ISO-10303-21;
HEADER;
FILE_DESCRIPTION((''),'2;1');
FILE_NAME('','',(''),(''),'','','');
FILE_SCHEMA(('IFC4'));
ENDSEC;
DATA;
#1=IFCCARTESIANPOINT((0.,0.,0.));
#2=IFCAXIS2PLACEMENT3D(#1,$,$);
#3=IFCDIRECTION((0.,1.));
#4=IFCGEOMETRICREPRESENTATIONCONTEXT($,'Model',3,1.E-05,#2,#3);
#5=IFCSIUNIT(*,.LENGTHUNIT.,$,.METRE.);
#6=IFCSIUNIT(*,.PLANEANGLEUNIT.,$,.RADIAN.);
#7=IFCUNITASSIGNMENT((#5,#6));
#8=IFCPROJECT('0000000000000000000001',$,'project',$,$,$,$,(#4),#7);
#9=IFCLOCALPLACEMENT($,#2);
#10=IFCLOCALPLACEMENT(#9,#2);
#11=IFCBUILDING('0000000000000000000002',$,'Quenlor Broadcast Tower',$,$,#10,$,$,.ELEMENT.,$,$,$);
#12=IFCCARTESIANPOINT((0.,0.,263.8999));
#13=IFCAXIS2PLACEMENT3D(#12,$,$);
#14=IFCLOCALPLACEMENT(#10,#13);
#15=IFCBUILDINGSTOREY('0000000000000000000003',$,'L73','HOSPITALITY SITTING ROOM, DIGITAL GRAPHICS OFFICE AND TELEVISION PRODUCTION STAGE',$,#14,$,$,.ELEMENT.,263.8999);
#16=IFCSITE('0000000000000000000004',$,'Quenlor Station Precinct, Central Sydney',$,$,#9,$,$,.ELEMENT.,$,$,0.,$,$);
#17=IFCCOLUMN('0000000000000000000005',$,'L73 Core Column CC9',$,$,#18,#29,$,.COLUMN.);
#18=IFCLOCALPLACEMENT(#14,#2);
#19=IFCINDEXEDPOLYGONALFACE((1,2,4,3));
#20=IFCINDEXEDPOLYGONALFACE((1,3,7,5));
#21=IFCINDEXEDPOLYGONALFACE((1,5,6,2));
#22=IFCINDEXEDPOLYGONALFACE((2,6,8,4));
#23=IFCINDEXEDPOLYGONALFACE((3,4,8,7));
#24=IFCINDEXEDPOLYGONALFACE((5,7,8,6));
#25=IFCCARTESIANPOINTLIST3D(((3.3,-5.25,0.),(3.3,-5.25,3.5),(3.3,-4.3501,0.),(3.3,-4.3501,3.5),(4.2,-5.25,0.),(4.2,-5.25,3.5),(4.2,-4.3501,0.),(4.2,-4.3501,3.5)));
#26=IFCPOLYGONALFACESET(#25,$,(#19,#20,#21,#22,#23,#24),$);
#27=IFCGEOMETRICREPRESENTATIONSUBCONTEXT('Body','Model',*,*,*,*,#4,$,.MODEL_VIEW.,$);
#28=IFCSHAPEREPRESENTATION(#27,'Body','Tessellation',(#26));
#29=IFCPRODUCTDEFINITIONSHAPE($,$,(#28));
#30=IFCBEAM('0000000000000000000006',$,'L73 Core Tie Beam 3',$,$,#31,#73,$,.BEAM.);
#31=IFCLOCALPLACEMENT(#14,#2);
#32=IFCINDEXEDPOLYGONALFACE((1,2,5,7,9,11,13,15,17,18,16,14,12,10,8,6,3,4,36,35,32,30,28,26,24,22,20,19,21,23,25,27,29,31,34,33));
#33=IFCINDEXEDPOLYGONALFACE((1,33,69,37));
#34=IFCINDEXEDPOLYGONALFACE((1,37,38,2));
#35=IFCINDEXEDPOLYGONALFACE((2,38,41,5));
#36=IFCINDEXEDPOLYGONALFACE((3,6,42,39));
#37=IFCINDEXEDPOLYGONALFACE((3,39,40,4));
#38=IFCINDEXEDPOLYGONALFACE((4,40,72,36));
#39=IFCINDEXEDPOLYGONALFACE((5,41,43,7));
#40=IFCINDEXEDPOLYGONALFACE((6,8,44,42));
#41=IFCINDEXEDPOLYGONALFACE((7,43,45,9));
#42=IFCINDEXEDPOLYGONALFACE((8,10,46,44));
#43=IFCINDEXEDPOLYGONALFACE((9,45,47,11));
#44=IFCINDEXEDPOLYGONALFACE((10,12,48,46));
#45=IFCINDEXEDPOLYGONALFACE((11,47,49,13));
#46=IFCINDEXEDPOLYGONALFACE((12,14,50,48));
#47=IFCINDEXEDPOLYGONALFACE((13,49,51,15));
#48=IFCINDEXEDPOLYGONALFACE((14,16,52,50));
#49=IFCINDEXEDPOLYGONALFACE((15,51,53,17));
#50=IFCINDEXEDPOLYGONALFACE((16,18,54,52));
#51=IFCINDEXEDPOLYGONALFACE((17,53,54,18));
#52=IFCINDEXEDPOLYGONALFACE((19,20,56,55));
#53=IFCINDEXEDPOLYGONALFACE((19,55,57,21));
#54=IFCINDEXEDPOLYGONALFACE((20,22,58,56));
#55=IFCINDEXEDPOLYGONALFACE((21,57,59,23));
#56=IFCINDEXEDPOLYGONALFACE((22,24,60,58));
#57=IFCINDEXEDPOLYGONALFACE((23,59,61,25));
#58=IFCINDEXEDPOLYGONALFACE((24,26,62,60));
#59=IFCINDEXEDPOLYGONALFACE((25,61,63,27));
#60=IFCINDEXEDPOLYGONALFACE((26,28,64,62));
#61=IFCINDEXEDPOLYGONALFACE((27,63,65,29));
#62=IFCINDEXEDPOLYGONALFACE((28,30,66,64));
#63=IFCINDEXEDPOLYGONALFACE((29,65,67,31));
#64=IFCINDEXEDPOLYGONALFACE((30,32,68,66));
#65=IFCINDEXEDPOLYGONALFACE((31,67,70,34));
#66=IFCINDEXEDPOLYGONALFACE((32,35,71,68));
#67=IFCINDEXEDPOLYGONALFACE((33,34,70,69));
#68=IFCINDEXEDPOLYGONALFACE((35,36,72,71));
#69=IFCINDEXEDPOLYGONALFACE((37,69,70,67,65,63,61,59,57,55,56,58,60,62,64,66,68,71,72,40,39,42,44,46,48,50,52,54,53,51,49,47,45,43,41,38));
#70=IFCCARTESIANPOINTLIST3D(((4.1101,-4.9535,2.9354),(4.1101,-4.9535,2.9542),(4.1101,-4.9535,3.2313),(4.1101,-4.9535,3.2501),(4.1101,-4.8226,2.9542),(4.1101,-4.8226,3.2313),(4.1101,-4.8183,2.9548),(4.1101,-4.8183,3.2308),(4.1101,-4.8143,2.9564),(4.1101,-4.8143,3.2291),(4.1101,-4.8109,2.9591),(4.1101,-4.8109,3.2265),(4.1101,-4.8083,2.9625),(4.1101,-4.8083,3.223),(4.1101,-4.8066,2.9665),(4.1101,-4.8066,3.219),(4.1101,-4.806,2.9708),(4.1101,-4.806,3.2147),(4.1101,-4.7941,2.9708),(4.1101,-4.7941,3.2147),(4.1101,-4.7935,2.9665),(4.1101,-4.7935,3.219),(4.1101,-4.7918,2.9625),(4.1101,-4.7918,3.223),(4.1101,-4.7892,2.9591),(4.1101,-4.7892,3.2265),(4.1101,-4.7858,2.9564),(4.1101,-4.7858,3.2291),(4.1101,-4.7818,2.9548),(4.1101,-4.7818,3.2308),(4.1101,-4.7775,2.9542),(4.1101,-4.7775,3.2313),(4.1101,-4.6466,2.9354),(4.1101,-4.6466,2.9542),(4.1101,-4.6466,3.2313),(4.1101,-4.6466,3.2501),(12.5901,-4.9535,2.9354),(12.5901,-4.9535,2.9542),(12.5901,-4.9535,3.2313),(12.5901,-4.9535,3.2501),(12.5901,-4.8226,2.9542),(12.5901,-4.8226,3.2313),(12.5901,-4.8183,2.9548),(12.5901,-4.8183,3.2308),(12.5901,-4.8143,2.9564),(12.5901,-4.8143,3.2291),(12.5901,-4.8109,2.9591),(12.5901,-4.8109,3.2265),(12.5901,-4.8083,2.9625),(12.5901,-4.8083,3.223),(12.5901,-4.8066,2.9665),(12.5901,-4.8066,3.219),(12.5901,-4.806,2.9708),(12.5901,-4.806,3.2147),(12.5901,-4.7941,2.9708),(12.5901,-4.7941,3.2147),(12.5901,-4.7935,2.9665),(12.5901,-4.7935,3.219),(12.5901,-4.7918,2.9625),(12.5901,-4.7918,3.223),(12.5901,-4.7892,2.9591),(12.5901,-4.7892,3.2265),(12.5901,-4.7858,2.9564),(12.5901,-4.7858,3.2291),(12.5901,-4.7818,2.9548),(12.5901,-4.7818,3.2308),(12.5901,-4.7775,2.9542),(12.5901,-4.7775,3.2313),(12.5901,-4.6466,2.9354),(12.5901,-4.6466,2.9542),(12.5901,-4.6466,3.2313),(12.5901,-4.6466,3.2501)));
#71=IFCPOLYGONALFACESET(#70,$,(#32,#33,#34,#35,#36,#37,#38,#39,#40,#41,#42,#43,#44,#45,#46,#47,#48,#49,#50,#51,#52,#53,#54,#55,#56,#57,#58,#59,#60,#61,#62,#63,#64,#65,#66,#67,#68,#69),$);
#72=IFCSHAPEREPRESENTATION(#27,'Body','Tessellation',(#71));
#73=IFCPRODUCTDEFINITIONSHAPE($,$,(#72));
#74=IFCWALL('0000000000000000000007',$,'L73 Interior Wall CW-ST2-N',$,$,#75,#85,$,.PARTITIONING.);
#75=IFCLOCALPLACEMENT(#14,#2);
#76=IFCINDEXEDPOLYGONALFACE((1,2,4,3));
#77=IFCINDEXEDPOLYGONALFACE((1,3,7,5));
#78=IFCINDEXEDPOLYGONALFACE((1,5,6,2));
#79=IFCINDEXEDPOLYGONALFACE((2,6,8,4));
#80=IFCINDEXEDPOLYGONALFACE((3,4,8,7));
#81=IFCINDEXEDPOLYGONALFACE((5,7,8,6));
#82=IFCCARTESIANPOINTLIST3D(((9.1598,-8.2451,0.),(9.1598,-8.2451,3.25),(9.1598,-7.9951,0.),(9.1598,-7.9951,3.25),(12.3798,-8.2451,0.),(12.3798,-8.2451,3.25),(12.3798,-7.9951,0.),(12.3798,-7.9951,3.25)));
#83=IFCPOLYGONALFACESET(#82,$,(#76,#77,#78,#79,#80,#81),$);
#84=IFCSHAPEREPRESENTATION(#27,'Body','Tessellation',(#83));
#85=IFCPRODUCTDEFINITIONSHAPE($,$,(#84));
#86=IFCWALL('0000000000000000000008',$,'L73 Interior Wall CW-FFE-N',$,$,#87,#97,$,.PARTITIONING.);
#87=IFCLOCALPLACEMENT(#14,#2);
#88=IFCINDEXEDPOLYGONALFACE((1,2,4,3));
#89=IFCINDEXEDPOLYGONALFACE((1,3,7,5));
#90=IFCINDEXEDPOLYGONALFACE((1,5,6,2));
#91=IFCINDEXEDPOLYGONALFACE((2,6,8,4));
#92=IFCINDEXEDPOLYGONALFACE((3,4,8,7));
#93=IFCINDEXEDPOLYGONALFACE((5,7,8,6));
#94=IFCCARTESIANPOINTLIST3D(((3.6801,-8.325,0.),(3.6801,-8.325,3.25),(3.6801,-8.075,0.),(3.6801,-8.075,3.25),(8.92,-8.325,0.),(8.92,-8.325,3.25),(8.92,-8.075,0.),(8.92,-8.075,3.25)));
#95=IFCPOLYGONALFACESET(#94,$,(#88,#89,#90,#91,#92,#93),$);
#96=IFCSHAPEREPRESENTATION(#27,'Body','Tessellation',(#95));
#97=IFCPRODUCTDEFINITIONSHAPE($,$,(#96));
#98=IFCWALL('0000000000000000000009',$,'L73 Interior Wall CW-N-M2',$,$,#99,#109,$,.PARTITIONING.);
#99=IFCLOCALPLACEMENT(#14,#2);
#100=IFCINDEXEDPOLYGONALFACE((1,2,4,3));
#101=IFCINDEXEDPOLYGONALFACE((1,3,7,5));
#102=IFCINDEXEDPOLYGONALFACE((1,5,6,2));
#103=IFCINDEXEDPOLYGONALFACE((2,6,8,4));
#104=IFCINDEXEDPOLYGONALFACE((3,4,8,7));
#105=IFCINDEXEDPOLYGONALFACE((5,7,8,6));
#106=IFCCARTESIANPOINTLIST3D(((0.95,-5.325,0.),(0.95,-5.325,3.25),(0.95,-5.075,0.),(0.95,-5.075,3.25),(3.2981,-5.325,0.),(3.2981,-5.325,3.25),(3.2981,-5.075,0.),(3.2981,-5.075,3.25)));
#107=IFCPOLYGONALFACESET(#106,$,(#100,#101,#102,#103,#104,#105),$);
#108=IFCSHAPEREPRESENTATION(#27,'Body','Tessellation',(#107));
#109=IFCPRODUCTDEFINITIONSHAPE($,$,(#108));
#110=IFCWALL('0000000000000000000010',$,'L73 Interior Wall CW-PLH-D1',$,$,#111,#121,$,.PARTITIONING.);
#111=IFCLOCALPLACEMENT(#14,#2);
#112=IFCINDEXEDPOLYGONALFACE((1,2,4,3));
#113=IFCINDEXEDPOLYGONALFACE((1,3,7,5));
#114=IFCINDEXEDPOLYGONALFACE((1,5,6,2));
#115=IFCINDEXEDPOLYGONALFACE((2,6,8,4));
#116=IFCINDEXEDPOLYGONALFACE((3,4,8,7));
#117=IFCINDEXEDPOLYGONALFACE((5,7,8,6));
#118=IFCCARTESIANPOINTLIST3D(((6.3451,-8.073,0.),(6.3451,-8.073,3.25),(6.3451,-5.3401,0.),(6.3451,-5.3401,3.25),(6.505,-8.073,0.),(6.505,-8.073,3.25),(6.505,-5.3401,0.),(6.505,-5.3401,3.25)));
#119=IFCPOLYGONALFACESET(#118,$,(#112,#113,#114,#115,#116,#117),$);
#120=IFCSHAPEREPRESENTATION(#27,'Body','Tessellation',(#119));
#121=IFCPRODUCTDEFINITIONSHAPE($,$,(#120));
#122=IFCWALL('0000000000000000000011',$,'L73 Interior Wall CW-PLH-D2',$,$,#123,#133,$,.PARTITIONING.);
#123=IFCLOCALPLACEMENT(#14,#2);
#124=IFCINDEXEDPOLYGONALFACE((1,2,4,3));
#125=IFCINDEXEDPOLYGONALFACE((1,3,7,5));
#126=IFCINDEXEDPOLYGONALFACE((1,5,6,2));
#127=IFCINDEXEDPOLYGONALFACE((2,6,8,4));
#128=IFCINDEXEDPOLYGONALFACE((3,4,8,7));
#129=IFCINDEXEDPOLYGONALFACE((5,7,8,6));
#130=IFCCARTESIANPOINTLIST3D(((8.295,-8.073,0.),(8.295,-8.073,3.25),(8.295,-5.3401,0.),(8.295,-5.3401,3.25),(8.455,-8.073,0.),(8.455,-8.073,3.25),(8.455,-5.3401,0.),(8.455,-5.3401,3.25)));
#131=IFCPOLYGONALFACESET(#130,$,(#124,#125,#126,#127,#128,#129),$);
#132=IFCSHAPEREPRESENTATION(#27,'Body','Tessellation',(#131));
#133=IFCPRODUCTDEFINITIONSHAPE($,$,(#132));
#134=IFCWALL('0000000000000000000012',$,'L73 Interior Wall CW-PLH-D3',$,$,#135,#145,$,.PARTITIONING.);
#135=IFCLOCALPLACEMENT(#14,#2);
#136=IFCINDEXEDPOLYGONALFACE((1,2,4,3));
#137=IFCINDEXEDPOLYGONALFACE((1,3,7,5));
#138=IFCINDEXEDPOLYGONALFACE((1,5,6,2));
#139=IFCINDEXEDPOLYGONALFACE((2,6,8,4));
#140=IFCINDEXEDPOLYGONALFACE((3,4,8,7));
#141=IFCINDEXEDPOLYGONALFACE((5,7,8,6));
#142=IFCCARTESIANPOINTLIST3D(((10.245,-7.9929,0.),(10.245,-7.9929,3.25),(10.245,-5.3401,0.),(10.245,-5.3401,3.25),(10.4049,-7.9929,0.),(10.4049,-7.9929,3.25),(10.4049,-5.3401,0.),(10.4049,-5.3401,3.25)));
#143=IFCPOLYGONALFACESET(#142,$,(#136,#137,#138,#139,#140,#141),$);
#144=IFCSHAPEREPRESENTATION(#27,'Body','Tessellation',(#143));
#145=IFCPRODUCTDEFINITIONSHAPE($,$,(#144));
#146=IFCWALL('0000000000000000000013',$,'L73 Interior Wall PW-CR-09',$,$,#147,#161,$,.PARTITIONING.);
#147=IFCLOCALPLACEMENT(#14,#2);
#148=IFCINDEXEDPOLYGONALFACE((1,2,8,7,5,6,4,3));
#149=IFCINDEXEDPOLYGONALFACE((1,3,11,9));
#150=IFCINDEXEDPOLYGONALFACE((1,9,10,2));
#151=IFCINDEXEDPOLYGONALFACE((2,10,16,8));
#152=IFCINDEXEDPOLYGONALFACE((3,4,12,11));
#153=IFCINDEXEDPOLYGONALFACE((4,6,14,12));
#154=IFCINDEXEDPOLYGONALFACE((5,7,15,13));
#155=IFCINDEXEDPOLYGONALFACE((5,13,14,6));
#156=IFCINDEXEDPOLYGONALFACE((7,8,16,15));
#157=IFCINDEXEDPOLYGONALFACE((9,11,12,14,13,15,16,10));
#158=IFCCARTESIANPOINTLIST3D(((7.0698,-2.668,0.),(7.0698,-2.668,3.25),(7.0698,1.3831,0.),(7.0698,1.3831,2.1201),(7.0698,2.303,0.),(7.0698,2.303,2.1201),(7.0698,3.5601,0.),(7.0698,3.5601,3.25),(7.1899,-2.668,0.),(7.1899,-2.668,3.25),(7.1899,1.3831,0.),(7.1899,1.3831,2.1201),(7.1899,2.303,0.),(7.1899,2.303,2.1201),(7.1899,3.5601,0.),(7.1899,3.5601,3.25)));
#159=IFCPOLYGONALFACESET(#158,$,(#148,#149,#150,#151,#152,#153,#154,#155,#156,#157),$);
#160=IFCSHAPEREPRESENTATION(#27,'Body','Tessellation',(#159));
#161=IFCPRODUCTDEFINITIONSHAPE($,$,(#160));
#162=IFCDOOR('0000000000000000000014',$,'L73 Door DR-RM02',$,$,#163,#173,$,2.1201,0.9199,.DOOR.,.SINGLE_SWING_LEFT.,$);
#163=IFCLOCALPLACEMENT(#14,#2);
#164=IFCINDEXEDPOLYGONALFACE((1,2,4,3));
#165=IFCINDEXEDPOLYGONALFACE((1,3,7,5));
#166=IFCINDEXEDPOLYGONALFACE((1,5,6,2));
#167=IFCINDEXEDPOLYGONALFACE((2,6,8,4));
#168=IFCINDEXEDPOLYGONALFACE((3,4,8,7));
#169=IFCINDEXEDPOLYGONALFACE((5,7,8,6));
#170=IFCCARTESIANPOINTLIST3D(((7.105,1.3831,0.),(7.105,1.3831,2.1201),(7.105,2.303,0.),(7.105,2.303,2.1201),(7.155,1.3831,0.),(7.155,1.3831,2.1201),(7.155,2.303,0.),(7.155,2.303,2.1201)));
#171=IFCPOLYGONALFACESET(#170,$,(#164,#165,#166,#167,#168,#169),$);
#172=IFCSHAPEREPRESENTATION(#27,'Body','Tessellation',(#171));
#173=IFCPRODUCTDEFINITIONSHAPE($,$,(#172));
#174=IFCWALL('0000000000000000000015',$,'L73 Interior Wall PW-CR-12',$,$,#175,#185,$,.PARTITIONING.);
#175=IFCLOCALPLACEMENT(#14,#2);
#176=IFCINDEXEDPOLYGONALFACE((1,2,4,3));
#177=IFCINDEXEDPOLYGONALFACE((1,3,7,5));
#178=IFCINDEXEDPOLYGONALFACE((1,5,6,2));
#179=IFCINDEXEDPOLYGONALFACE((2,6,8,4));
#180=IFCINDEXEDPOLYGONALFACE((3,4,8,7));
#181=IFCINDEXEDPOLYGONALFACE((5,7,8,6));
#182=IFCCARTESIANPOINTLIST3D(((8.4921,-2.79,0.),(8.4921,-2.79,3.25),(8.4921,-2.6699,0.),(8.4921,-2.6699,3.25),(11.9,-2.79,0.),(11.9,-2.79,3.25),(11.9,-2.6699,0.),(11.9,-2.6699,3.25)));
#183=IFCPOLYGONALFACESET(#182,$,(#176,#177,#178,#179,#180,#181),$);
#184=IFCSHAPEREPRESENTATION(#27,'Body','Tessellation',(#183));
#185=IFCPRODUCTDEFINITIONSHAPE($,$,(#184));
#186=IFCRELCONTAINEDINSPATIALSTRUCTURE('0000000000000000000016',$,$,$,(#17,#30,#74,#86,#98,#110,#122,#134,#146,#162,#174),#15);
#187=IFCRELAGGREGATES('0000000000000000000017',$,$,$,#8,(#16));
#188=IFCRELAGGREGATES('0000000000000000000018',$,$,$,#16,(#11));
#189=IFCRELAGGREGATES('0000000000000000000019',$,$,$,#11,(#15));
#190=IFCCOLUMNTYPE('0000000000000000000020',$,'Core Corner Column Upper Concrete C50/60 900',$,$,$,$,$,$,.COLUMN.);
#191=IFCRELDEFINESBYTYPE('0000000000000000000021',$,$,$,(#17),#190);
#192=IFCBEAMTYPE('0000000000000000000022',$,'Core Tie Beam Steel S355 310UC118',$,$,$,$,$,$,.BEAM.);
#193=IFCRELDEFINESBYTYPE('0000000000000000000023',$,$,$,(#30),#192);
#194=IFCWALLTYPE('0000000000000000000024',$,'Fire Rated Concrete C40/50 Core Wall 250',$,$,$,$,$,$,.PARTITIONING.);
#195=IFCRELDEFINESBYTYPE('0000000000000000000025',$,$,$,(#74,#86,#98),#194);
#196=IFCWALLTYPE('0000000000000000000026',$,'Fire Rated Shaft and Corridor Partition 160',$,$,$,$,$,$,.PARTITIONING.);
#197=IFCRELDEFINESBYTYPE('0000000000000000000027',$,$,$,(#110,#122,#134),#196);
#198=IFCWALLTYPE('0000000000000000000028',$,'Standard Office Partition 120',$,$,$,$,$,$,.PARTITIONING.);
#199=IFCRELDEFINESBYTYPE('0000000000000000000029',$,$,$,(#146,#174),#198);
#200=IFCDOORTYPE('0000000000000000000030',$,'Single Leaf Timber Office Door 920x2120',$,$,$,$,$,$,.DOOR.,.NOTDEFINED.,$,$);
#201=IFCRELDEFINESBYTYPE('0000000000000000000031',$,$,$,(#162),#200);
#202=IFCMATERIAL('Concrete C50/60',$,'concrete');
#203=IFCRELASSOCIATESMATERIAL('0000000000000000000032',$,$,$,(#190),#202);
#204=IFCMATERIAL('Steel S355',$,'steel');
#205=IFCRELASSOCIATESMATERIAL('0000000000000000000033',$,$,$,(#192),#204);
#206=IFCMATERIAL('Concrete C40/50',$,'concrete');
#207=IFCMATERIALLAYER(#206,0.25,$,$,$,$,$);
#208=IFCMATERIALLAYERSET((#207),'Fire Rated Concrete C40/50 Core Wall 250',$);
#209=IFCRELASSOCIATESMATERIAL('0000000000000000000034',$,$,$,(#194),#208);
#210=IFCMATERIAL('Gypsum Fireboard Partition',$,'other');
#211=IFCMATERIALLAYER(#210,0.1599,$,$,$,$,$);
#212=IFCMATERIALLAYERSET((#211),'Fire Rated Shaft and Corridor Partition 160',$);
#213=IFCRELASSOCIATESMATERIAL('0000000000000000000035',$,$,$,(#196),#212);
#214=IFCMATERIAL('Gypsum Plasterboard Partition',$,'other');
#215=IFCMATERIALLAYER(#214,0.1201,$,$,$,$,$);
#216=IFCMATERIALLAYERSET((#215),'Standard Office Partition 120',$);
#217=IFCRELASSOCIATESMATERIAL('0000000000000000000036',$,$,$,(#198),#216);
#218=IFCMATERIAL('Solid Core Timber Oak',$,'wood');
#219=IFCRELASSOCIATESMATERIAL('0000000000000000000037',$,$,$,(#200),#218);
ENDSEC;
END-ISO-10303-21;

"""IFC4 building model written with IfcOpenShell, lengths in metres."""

from ifc_helpers import new_model, si_unit, direction, frame, frame_2d, origin, origin_2d, place, context, subcontext, project, spatial, rectangle, i_section, extrude, material, layer, layer_set, material_profile, profile_set, type_object, element, fill, save


model = new_model("IFC4")

# Units and contexts
model_context = context("Model", 3, precision=1e-05, world=origin(), true_north=direction((0.0, 1.0)))
body_context = subcontext(model_context, "Body", "Model", "MODEL_VIEW")
ifc_project = project(units=[si_unit("LENGTHUNIT", "METRE"), si_unit("PLANEANGLEUNIT", "RADIAN")], contexts=[model_context])

# Site, building, storey
site_placement = place(None, origin())
site = spatial("IfcSite", under=ifc_project, at=site_placement, Name="Quenlor Station Precinct, Central Sydney", CompositionType="ELEMENT", RefElevation=0.0)
building_placement = place(site_placement, origin())
building = spatial("IfcBuilding", under=site, at=building_placement, Name="Quenlor Broadcast Tower", CompositionType="ELEMENT")
storey_placement = place(building_placement, frame((0.0, 0.0, 263.8999)))
storey = spatial("IfcBuildingStorey", under=building, at=storey_placement, Name="L73", Description="HOSPITALITY SITTING ROOM, DIGITAL GRAPHICS OFFICE AND TELEVISION PRODUCTION STAGE", CompositionType="ELEMENT", Elevation=263.8999)

# Column
ifc_material_1 = material(Name="Concrete C50/60", Category="concrete")
ifc_material_profile_1 = material_profile(ifc_material_1, rectangle(XDim=0.8999, YDim=0.8999, at=origin_2d()))
ifc_profile_set_1 = profile_set([ifc_material_profile_1], Name="Concrete C50/60 RC900x900")
column_type = type_object("IfcColumnType", Name="Core Corner Column Upper Concrete C50/60 900", PredefinedType="COLUMN", material=ifc_profile_set_1)
column_placement = place(storey_placement, frame((3.75, -4.8, 0.0), z_axis=(0.0, 0.0, 1.0), x_axis=(1.0, 0.0, 0.0)))
element("IfcColumn", 1, at=column_placement, inside=storey, type_object=column_type, Name="L73 Core Column CC9", PredefinedType="COLUMN", context=body_context, shape_type="SweptSolid", body=[
    extrude(rectangle(XDim=0.8999, YDim=0.8999, at=origin_2d()), origin(), (0.0, 0.0, 1.0), 3.5),
])

# Beam
ifc_material_2 = material(Name="Steel S355", Category="steel")
ifc_material_profile_2 = material_profile(ifc_material_2, i_section(OverallWidth=0.3069, OverallDepth=0.3147, WebThickness=0.012, FlangeThickness=0.0188, FilletRadius=0.0166, at=origin_2d()))
ifc_profile_set_2 = profile_set([ifc_material_profile_2], Name="Steel S355 310UC118")
beam_type = type_object("IfcBeamType", Name="Core Tie Beam Steel S355 310UC118", PredefinedType="BEAM", material=ifc_profile_set_2)
beam_placement = place(storey_placement, frame((4.1101, -4.8, 3.0928), z_axis=(1.0, 0.0, 0.0), x_axis=(0.0, 1.0, 0.0)))
element("IfcBeam", 2, at=beam_placement, inside=storey, type_object=beam_type, Name="L73 Core Tie Beam 3", PredefinedType="BEAM", context=body_context, shape_type="SweptSolid", body=[
    extrude(i_section(OverallWidth=0.3069, OverallDepth=0.3147, WebThickness=0.012, FlangeThickness=0.0188, FilletRadius=0.0166, at=origin_2d()), origin(), (0.0, 0.0, 1.0), 8.48),
])

# Walls
ifc_material_3 = material(Name="Concrete C40/50", Category="concrete")
ifc_layer_1 = layer(ifc_material_3, 0.25)
ifc_layer_set_1 = layer_set([ifc_layer_1], Name="Fire Rated Concrete C40/50 Core Wall 250")
wall_type_1 = type_object("IfcWallType", Name="Fire Rated Concrete C40/50 Core Wall 250", PredefinedType="PARTITIONING", material=ifc_layer_set_1)
wall_1_placement = place(storey_placement, frame((9.1599, -8.1201, 0.0), z_axis=(0.0, 0.0, 1.0), x_axis=(1.0, 0.0, 0.0)))
element("IfcWall", 3, at=wall_1_placement, inside=storey, type_object=wall_type_1, Name="L73 Interior Wall CW-ST2-N", PredefinedType="PARTITIONING", context=body_context, shape_type="SweptSolid", body=[
    extrude(rectangle(XDim=3.22, YDim=0.25, at=frame_2d((1.6099, 0.0))), origin(), (0.0, 0.0, 1.0), 3.25),
])
wall_2_placement = place(storey_placement, frame((3.6799, -8.2, 0.0), z_axis=(0.0, 0.0, 1.0), x_axis=(1.0, 0.0, 0.0)))
element("IfcWall", 4, at=wall_2_placement, inside=storey, type_object=wall_type_1, Name="L73 Interior Wall CW-FFE-N", PredefinedType="PARTITIONING", context=body_context, shape_type="SweptSolid", body=[
    extrude(rectangle(XDim=5.24, YDim=0.25, at=frame_2d((2.6201, 0.0))), origin(), (0.0, 0.0, 1.0), 3.25),
])

# Walls
wall_3_placement = place(storey_placement, frame((0.95, -5.2, 0.0), z_axis=(0.0, 0.0, 1.0), x_axis=(1.0, 0.0, 0.0)))
element("IfcWall", 5, at=wall_3_placement, inside=storey, type_object=wall_type_1, Name="L73 Interior Wall CW-N-M2", PredefinedType="PARTITIONING", context=body_context, shape_type="SweptSolid", body=[
    extrude(rectangle(XDim=2.3481, YDim=0.25, at=frame_2d((1.1741, 0.0))), origin(), (0.0, 0.0, 1.0), 3.25),
])
ifc_material_4 = material(Name="Gypsum Fireboard Partition", Category="other")
ifc_layer_2 = layer(ifc_material_4, 0.1599)
ifc_layer_set_2 = layer_set([ifc_layer_2], Name="Fire Rated Shaft and Corridor Partition 160")
wall_type_2 = type_object("IfcWallType", Name="Fire Rated Shaft and Corridor Partition 160", PredefinedType="PARTITIONING", material=ifc_layer_set_2)
for number, where, z_axis, x_axis, name in (
    (6, (6.425, -8.073, 0.0), (0.0, 0.0, 1.0), (0.0, 1.0, 0.0), "L73 Interior Wall CW-PLH-D1"),
    (7, (8.375, -8.073, 0.0), (0.0, 0.0, 1.0), (0.0, 1.0, 0.0), "L73 Interior Wall CW-PLH-D2"),
):
    element("IfcWall", number, at=place(storey_placement, frame(where, z_axis=z_axis, x_axis=x_axis)), inside=storey, type_object=wall_type_2, Name=name, PredefinedType="PARTITIONING", context=body_context, shape_type="SweptSolid", body=[
        extrude(rectangle(XDim=2.7329, YDim=0.1599, at=frame_2d((1.3665, 0.0))), origin(), (0.0, 0.0, 1.0), 3.25),
    ])
wall_4_placement = place(storey_placement, frame((10.325, -7.9929, 0.0), z_axis=(0.0, 0.0, 1.0), x_axis=(0.0, 1.0, 0.0)))
element("IfcWall", 8, at=wall_4_placement, inside=storey, type_object=wall_type_2, Name="L73 Interior Wall CW-PLH-D3", PredefinedType="PARTITIONING", context=body_context, shape_type="SweptSolid", body=[
    extrude(rectangle(XDim=2.6528, YDim=0.1599, at=frame_2d((1.3264, 0.0))), origin(), (0.0, 0.0, 1.0), 3.25),
])

# Wall, opening, door
ifc_material_5 = material(Name="Gypsum Plasterboard Partition", Category="other")
ifc_layer_3 = layer(ifc_material_5, 0.1201)
ifc_layer_set_3 = layer_set([ifc_layer_3], Name="Standard Office Partition 120")
wall_type_3 = type_object("IfcWallType", Name="Standard Office Partition 120", PredefinedType="PARTITIONING", material=ifc_layer_set_3)
wall_5_placement = place(storey_placement, frame((7.1299, -2.668, 0.0), z_axis=(0.0, 0.0, 1.0), x_axis=(0.0, 1.0, 0.0)))
wall_5 = element("IfcWall", 9, at=wall_5_placement, inside=storey, type_object=wall_type_3, Name="L73 Interior Wall PW-CR-09", PredefinedType="PARTITIONING", context=body_context, shape_type="SweptSolid", body=[
    extrude(rectangle(XDim=6.228, YDim=0.1201, at=frame_2d((3.114, 0.0))), origin(), (0.0, 0.0, 1.0), 3.25),
])
opening_1_placement = place(wall_5_placement, frame((4.051, 0.0, 0.0)))
opening_1 = element("IfcOpeningElement", 10, at=opening_1_placement, cuts=wall_5, PredefinedType="OPENING", context=body_context, shape_type="SweptSolid", body=[
    extrude(rectangle(XDim=0.9199, YDim=2.1201, at=frame_2d((0.46, 1.0601))), frame((0.0, 0.0701, 0.0), z_axis=(0.0, -1.0, 0.0), x_axis=(1.0, 0.0, 0.0)), (0.0, 0.0, 1.0), 0.1401),
])
ifc_material_6 = material(Name="Solid Core Timber Oak", Category="wood")
door_type_1 = type_object("IfcDoorType", Name="Single Leaf Timber Office Door 920x2120", OperationType="NOTDEFINED", PredefinedType="DOOR", material=ifc_material_6)
door_1_placement = place(opening_1_placement, origin())
door_1 = element("IfcDoor", 11, at=door_1_placement, inside=storey, type_object=door_type_1, Name="L73 Door DR-RM02", OperationType="SINGLE_SWING_LEFT", OverallHeight=2.1201, OverallWidth=0.9199, PredefinedType="DOOR", context=body_context, shape_type="SweptSolid", body=[
    extrude(rectangle(XDim=0.9199, YDim=2.1201, at=frame_2d((0.46, 1.0601))), frame((0.0, 0.0249, 0.0), z_axis=(0.0, -1.0, 0.0), x_axis=(1.0, 0.0, 0.0)), (0.0, 0.0, 1.0), 0.05),
])
fill(opening_1, door_1)

# Wall
wall_6_placement = place(storey_placement, frame((8.4919, -2.73, 0.0), z_axis=(0.0, 0.0, 1.0), x_axis=(1.0, 0.0, 0.0)))
element("IfcWall", 12, at=wall_6_placement, inside=storey, type_object=wall_type_3, Name="L73 Interior Wall PW-CR-12", PredefinedType="PARTITIONING", context=body_context, shape_type="SweptSolid", body=[
    extrude(rectangle(XDim=3.408, YDim=0.1201, at=frame_2d((1.7041, 0.0))), origin(), (0.0, 0.0, 1.0), 3.25),
])

save(model, "model.ifc")
